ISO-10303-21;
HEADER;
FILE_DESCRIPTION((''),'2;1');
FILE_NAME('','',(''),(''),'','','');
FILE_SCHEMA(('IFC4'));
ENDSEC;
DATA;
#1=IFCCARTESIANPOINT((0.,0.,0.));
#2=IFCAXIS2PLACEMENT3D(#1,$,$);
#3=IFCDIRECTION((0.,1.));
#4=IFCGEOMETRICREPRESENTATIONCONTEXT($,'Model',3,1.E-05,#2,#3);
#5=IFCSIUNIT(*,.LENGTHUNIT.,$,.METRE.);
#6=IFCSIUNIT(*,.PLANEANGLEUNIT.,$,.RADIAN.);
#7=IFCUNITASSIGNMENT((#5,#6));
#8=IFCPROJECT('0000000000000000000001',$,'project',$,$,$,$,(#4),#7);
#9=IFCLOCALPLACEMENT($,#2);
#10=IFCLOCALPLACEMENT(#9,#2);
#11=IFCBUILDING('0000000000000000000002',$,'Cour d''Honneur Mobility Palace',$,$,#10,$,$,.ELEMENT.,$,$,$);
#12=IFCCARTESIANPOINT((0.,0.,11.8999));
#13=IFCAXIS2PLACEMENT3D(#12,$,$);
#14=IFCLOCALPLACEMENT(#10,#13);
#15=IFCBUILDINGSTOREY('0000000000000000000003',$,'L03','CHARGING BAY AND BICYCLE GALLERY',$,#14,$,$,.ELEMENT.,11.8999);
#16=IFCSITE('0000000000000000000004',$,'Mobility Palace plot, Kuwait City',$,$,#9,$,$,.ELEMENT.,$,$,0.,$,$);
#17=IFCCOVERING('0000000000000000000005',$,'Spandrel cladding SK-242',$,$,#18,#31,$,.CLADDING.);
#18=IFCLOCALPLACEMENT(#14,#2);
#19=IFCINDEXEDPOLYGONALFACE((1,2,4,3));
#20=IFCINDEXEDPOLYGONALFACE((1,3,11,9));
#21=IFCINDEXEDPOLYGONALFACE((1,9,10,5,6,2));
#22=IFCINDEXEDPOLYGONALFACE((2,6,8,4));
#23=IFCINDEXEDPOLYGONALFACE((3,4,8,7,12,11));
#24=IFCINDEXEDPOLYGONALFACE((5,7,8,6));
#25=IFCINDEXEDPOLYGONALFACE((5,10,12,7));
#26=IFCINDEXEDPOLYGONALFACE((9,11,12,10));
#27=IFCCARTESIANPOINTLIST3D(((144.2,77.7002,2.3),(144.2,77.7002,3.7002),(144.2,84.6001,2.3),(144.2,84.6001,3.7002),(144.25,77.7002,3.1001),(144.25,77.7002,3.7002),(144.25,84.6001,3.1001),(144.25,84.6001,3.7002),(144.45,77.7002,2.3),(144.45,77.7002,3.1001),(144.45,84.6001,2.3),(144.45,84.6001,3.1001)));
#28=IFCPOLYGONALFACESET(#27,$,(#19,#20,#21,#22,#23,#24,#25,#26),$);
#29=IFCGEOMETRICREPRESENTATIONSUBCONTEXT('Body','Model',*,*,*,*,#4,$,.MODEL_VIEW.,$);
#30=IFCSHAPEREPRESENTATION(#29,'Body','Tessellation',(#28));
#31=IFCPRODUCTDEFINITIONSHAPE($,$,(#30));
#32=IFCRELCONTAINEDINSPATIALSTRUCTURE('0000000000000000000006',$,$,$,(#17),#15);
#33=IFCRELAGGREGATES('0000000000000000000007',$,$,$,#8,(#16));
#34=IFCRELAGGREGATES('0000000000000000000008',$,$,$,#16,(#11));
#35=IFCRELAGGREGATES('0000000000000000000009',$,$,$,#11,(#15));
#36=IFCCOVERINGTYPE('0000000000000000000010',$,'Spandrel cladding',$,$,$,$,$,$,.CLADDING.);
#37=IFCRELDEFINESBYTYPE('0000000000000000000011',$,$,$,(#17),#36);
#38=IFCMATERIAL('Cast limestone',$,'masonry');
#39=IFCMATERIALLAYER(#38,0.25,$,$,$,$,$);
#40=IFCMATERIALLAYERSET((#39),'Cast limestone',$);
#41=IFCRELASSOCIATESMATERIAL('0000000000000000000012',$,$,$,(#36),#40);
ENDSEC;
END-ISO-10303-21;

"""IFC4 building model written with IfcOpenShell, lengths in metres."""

from ifc_helpers import new_model, si_unit, direction, frame, origin, place, context, subcontext, project, spatial, polyline, outline, extrude, material, layer, layer_set, type_object, element, save


model = new_model("IFC4")

# Units and contexts
model_context = context("Model", 3, precision=1e-05, world=origin(), true_north=direction((0.0, 1.0)))
body_context = subcontext(model_context, "Body", "Model", "MODEL_VIEW")
ifc_project = project(units=[si_unit("LENGTHUNIT", "METRE"), si_unit("PLANEANGLEUNIT", "RADIAN")], contexts=[model_context])

# Site, building, storey
site_placement = place(None, origin())
site = spatial("IfcSite", under=ifc_project, at=site_placement, Name="Mobility Palace plot, Kuwait City", CompositionType="ELEMENT", RefElevation=0.0)
building_placement = place(site_placement, origin())
building = spatial("IfcBuilding", under=site, at=building_placement, Name="Cour d'Honneur Mobility Palace", CompositionType="ELEMENT")
storey_placement = place(building_placement, frame((0.0, 0.0, 11.8999)))
storey = spatial("IfcBuildingStorey", under=building, at=storey_placement, Name="L03", Description="CHARGING BAY AND BICYCLE GALLERY", CompositionType="ELEMENT", Elevation=11.8999)

# Covering
ifc_material_1 = material(Name="Cast limestone", Category="masonry")
ifc_layer_1 = layer(ifc_material_1, 0.25)
ifc_layer_set_1 = layer_set([ifc_layer_1], Name="Cast limestone")
covering_type = type_object("IfcCoveringType", Name="Spandrel cladding", PredefinedType="CLADDING", material=ifc_layer_set_1)
for number, where, z_axis, x_axis, name in (
    (1, (144.45, 84.6001, 2.3), (0.0, 1.0, 0.0), (-1.0, 0.0, 0.0), "Spandrel cladding SK-242"),
):
    element("IfcCovering", number, at=place(storey_placement, frame(where, z_axis=z_axis, x_axis=x_axis)), inside=storey, type_object=covering_type, Name=name, PredefinedType="CLADDING", context=body_context, shape_type="SweptSolid", body=[
        extrude(outline(polyline([(0.0, 0.0), (0.25, 0.0), (0.25, 1.4001), (0.2, 1.4001), (0.2, 0.8), (0.0, 0.8), (0.0, 0.0)])), origin(), (0.0, 0.0, -1.0), 6.8999),
    ])

save(model, "model.ifc")
